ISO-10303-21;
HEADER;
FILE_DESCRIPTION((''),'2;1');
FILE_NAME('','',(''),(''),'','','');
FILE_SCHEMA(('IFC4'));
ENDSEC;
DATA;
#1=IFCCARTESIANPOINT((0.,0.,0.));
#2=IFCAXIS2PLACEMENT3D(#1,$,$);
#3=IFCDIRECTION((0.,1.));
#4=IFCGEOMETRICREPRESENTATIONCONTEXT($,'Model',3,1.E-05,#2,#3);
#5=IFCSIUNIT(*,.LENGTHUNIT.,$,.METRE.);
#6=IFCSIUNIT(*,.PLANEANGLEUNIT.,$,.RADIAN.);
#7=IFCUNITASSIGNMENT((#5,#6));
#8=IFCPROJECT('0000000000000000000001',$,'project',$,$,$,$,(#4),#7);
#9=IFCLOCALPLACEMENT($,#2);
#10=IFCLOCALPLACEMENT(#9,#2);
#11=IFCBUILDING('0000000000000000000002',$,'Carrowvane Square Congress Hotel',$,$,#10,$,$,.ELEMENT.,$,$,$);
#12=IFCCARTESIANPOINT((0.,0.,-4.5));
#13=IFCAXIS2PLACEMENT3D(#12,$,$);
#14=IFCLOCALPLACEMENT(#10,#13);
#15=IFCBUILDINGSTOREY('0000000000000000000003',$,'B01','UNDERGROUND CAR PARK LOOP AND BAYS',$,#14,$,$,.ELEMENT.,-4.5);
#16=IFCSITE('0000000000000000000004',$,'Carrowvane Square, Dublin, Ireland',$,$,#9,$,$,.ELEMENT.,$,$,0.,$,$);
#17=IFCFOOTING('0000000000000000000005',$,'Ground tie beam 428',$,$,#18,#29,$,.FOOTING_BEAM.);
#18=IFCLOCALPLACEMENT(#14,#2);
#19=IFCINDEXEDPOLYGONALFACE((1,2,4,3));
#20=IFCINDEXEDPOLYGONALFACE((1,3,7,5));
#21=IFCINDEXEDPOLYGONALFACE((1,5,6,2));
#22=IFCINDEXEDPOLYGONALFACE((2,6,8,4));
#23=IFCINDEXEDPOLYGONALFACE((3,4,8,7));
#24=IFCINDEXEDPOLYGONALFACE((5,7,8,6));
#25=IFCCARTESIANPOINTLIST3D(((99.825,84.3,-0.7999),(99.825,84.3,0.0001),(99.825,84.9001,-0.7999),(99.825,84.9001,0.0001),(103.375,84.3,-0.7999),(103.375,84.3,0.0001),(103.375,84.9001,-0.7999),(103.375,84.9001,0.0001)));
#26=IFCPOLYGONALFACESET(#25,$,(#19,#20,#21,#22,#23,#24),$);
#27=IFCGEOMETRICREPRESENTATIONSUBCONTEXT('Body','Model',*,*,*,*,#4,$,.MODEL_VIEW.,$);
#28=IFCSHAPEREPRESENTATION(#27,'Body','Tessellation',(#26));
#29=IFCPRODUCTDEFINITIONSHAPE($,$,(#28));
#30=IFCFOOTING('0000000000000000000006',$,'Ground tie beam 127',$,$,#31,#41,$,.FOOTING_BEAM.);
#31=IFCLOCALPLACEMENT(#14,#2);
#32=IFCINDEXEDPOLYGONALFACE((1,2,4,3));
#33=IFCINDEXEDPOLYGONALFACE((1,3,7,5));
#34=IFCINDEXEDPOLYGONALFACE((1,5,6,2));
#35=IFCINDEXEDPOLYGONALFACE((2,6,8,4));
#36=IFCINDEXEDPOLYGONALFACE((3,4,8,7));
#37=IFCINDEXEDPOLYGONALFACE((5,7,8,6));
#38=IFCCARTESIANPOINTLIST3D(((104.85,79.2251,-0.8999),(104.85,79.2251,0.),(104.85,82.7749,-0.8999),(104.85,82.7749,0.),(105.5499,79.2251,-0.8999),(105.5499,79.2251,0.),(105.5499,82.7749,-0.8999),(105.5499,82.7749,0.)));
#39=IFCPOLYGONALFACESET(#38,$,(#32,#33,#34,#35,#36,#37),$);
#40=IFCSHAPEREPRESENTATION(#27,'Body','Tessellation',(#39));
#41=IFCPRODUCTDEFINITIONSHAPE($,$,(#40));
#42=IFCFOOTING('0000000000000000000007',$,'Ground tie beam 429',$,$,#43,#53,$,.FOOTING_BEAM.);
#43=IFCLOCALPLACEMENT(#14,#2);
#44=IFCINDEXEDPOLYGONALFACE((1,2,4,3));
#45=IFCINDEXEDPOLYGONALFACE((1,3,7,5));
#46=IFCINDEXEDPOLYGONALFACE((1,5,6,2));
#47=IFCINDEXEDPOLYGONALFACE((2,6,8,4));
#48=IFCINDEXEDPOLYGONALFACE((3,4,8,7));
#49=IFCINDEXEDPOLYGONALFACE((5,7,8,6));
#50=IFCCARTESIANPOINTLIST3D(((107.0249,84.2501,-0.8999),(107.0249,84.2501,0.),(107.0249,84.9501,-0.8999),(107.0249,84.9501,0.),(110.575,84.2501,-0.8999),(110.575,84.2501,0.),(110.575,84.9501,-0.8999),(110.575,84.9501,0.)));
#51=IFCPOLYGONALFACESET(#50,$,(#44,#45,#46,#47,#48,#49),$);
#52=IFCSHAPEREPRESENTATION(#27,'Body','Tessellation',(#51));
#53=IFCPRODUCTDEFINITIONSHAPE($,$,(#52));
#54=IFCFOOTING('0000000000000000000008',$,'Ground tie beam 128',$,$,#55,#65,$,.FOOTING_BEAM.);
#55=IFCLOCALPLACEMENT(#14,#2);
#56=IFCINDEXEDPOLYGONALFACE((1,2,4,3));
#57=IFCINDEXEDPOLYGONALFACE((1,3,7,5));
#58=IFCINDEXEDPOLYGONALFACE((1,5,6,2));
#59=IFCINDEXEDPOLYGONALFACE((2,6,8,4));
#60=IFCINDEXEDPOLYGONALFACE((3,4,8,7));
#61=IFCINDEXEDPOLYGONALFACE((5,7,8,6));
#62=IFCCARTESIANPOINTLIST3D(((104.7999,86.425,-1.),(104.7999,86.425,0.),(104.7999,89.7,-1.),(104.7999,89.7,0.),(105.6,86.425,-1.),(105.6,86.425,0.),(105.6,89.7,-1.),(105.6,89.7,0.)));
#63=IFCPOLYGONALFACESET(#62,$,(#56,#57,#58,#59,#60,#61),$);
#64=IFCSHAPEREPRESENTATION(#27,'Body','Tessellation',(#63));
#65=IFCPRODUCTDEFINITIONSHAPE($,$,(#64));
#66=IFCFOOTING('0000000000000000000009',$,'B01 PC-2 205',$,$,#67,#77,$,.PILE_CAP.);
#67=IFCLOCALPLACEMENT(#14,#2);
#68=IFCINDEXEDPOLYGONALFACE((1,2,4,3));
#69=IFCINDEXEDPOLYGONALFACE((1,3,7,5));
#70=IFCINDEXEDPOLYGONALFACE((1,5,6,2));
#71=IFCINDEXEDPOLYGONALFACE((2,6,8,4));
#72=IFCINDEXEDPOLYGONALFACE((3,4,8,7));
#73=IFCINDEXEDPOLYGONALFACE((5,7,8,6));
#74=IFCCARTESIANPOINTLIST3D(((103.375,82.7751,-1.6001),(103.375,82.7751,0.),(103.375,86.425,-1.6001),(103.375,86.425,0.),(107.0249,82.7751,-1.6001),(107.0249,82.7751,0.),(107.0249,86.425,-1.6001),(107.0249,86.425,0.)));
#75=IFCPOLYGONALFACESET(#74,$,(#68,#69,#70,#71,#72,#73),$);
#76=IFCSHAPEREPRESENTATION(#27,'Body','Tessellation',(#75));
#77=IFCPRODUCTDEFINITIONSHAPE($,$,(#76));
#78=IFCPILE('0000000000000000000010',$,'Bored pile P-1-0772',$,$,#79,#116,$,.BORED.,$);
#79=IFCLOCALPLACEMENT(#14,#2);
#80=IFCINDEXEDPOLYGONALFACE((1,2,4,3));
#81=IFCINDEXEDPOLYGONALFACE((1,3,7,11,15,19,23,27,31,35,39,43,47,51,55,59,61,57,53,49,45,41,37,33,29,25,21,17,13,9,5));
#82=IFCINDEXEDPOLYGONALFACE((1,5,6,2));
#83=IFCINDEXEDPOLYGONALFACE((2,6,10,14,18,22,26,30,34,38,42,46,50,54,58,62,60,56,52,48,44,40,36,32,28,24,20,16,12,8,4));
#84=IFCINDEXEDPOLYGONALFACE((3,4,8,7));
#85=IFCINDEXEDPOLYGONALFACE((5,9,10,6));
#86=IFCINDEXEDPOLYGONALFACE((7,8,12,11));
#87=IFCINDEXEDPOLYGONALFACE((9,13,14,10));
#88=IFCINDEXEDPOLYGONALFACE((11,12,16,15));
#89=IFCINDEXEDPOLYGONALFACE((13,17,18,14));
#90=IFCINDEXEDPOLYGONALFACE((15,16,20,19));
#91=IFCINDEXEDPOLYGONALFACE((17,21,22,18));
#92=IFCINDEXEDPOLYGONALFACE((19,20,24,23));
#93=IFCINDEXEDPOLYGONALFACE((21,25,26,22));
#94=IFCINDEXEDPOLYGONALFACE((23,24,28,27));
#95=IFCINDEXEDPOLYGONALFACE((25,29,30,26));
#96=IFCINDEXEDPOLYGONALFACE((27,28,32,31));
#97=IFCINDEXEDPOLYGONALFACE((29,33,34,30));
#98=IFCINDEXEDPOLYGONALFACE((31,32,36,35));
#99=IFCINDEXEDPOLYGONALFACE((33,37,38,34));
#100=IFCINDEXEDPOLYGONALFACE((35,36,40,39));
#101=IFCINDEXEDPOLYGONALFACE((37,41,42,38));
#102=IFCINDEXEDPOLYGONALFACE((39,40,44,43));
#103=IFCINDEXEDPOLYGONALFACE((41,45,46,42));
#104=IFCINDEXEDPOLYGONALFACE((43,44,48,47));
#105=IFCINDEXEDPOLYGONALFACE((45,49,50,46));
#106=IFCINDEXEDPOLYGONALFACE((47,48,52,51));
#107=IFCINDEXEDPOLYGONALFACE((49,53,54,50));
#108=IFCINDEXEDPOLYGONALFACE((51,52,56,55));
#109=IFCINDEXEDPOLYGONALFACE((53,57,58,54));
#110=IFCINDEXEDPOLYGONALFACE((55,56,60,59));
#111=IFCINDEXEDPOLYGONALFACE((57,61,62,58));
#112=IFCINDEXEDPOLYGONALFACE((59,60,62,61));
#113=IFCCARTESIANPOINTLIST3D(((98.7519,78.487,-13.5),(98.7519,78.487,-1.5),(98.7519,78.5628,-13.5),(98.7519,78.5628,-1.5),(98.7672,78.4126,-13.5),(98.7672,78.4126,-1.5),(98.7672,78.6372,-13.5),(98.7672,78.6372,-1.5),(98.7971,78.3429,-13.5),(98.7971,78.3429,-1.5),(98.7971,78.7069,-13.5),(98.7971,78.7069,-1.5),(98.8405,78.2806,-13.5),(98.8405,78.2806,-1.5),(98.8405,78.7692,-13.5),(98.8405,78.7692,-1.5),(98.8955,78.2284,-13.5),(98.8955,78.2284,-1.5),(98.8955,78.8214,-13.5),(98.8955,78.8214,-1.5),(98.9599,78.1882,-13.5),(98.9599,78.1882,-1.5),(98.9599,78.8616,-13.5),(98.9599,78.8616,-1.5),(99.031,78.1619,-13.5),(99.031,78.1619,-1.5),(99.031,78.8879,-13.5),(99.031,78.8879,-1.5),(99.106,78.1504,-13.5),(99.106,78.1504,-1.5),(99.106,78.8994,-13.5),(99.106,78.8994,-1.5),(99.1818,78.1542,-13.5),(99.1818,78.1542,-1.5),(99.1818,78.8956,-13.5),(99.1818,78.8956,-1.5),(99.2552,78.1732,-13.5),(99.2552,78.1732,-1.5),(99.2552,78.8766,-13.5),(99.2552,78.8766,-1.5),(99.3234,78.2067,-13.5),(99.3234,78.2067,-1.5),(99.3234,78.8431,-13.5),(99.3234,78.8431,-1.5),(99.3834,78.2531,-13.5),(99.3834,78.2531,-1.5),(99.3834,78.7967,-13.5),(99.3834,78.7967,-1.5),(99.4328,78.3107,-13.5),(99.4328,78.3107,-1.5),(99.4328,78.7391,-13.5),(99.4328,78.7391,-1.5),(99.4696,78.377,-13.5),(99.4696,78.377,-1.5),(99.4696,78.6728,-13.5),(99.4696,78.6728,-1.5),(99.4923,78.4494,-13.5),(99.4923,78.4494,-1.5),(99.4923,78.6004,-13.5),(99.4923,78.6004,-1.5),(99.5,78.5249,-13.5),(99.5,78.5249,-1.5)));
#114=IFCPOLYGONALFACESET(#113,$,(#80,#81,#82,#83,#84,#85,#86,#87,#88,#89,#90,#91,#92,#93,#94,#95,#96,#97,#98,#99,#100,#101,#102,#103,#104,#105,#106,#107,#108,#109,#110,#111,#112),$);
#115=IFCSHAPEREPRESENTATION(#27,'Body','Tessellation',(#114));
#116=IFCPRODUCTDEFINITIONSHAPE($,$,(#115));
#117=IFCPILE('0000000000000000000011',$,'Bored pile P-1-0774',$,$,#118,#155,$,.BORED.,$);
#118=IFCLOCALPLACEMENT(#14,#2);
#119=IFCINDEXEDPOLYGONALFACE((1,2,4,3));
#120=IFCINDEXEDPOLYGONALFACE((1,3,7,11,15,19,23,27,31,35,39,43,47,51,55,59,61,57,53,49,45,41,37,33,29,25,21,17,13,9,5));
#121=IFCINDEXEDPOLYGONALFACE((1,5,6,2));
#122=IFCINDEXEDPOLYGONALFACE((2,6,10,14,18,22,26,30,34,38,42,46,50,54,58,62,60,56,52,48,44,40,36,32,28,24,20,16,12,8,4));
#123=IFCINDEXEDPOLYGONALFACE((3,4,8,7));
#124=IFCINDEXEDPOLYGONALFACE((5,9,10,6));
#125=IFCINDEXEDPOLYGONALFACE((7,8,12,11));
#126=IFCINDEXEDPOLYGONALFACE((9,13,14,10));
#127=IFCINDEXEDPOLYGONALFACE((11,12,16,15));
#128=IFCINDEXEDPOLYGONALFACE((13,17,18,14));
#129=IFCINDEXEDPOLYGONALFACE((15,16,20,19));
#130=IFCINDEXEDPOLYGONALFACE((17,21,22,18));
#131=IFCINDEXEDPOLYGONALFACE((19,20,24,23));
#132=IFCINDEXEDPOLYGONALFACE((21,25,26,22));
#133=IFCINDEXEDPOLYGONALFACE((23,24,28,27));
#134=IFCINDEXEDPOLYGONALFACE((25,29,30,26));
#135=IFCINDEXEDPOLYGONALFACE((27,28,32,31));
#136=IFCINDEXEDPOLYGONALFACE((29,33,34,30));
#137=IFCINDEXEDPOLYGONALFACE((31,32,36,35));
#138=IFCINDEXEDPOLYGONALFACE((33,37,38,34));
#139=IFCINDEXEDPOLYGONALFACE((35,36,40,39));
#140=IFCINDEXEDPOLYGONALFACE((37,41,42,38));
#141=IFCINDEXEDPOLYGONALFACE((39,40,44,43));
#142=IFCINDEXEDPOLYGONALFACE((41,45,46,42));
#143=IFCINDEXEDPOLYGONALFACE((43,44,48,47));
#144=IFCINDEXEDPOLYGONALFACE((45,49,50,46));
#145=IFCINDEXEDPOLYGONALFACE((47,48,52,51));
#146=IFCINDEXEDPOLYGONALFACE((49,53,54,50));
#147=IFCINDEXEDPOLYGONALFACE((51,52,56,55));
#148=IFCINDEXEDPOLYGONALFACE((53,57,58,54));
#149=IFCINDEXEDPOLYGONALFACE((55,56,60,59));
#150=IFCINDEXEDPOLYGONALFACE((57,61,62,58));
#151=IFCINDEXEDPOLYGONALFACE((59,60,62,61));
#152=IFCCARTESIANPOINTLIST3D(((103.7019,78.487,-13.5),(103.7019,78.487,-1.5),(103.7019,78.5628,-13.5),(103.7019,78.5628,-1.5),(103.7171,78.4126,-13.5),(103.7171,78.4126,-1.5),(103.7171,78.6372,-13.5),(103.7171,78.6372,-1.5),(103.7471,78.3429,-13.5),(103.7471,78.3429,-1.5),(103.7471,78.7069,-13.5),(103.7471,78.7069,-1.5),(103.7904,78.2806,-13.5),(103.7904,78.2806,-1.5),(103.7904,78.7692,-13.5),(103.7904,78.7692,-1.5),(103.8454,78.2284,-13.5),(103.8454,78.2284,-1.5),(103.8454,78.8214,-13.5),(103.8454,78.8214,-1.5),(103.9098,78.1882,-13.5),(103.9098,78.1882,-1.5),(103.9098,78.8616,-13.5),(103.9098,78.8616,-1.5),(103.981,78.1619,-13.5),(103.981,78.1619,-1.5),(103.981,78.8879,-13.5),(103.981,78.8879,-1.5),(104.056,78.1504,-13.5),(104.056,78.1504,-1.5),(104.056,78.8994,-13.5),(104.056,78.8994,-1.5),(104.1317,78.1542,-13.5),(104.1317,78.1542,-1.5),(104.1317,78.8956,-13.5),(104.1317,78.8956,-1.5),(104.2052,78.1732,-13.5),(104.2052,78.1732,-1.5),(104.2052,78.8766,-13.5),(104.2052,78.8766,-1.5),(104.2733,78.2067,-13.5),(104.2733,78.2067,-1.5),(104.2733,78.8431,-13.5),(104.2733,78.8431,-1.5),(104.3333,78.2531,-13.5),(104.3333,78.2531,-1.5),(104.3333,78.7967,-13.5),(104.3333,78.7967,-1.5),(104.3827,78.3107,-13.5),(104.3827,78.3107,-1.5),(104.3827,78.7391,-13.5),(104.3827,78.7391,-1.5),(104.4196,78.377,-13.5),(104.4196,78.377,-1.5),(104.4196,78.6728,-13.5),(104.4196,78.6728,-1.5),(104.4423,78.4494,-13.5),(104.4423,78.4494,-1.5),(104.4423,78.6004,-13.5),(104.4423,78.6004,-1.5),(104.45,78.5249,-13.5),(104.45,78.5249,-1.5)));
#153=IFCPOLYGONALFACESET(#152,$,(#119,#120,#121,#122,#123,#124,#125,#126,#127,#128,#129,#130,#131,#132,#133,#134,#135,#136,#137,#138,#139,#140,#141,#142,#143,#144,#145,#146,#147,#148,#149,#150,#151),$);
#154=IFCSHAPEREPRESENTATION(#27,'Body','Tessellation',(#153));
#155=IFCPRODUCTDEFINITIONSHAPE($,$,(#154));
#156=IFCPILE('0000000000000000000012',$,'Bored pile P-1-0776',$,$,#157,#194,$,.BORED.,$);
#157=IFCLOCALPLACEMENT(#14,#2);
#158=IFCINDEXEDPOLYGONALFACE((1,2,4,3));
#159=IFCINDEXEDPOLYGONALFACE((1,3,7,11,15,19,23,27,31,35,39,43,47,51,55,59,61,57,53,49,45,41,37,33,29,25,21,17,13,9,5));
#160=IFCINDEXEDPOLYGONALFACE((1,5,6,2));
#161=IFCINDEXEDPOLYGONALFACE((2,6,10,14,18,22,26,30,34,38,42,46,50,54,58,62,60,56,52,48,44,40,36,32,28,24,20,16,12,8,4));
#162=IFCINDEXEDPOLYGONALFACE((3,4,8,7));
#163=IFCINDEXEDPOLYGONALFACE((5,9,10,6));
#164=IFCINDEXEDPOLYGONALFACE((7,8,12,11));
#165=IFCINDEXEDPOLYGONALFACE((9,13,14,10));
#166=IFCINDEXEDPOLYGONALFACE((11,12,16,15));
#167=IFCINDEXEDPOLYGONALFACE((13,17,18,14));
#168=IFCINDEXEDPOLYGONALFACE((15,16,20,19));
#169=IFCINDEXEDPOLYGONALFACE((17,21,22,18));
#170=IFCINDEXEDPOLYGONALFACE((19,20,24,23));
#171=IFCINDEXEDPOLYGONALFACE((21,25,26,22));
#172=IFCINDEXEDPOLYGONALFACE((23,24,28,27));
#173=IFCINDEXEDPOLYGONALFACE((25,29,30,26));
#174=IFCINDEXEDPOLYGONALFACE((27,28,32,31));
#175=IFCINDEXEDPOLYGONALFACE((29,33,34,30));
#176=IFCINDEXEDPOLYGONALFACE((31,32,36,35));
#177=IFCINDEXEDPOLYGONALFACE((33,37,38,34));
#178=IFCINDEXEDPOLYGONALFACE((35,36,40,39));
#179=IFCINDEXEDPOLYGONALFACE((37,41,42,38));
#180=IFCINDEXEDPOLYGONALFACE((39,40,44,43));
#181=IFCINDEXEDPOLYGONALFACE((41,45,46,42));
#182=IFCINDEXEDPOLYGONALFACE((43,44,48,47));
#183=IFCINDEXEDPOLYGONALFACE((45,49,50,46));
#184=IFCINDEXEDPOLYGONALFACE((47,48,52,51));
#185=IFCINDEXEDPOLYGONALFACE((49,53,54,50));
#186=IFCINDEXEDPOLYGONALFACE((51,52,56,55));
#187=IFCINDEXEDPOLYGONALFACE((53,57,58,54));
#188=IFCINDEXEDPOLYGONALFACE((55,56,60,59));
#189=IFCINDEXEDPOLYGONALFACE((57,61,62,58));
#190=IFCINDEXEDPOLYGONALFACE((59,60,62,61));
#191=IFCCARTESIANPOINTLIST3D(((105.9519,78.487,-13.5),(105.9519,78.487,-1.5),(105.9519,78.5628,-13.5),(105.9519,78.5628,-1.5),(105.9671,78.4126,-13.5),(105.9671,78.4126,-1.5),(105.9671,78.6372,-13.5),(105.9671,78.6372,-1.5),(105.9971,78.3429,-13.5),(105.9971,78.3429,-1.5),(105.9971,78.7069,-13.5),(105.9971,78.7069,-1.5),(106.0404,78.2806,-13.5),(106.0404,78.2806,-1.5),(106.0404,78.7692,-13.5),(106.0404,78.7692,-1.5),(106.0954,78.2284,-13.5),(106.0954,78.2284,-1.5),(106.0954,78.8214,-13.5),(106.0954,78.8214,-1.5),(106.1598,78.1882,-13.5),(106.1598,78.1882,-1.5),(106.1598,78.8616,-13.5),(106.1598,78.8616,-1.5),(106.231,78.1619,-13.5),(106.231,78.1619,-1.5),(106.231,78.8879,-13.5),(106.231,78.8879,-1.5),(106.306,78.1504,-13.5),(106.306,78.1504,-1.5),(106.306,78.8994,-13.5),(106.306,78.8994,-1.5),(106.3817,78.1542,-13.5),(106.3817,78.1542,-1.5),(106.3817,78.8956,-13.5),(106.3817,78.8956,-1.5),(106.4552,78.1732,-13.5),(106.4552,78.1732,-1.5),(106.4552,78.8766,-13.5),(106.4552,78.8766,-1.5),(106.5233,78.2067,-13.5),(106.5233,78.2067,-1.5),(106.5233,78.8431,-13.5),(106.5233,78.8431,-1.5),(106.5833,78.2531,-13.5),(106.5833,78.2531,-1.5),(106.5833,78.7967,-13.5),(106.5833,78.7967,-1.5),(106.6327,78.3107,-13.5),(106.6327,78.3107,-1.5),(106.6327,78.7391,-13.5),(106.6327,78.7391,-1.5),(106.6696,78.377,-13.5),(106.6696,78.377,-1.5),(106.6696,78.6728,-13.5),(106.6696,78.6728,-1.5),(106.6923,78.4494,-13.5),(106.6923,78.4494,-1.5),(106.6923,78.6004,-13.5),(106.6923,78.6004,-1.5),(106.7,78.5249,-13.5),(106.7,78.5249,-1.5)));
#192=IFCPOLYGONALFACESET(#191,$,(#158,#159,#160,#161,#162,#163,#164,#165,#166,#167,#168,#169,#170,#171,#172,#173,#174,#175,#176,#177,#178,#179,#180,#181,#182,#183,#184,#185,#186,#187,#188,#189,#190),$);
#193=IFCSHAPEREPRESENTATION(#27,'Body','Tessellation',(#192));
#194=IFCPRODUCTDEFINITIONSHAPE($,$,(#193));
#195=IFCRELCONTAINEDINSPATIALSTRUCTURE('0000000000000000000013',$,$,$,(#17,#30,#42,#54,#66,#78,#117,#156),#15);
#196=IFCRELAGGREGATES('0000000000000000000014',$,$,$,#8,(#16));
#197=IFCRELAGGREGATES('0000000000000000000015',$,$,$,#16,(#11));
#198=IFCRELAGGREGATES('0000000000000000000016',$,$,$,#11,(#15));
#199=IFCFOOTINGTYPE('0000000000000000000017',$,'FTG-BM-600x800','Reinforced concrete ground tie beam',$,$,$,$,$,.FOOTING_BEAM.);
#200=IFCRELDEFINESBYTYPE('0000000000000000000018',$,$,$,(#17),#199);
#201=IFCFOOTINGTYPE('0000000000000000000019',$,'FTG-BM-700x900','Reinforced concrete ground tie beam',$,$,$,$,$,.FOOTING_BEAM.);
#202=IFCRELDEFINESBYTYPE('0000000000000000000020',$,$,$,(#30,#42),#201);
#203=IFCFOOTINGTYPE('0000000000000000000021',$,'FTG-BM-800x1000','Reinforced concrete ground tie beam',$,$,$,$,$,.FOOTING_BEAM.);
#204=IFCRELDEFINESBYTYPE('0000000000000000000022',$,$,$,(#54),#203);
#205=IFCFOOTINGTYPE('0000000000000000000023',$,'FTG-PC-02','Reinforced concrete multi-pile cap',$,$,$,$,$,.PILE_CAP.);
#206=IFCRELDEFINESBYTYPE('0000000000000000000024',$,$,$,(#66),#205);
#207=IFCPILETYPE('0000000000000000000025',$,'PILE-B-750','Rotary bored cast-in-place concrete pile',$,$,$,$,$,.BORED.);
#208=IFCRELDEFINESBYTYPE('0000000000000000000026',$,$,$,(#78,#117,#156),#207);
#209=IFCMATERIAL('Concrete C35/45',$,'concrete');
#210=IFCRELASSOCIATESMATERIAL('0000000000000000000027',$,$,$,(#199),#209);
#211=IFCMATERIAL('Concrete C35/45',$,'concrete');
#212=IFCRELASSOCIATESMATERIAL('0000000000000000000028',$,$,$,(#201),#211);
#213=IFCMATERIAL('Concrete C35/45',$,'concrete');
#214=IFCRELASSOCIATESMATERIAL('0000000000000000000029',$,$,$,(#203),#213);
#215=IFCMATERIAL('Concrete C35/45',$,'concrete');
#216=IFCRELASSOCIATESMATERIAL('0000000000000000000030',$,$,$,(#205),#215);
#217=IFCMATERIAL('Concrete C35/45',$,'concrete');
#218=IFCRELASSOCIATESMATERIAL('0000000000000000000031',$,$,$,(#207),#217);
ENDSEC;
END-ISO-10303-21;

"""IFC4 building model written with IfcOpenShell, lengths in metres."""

from ifc_helpers import new_model, si_unit, direction, frame, origin, origin_2d, place, context, subcontext, project, spatial, rectangle, circle, extrude, material, material_profile, profile_set, type_object, element, save


model = new_model("IFC4")

# Units and contexts
model_context = context("Model", 3, precision=1e-05, world=origin(), true_north=direction((0.0, 1.0)))
body_context = subcontext(model_context, "Body", "Model", "MODEL_VIEW")
ifc_project = project(units=[si_unit("LENGTHUNIT", "METRE"), si_unit("PLANEANGLEUNIT", "RADIAN")], contexts=[model_context])

# Site, building, storey
site_placement = place(None, origin())
site = spatial("IfcSite", under=ifc_project, at=site_placement, Name="Carrowvane Square, Dublin, Ireland", CompositionType="ELEMENT", RefElevation=0.0)
building_placement = place(site_placement, origin())
building = spatial("IfcBuilding", under=site, at=building_placement, Name="Carrowvane Square Congress Hotel", CompositionType="ELEMENT")
storey_placement = place(building_placement, frame((0.0, 0.0, -4.5)))
storey = spatial("IfcBuildingStorey", under=building, at=storey_placement, Name="B01", Description="UNDERGROUND CAR PARK LOOP AND BAYS", CompositionType="ELEMENT", Elevation=-4.5)

# Footings
ifc_material_1 = material(Name="Concrete C35/45", Category="concrete")
ifc_material_profile_1 = material_profile(ifc_material_1, rectangle(XDim=0.6001, YDim=0.8, at=origin_2d()), Name="RC 600x800")
ifc_profile_set_1 = profile_set([ifc_material_profile_1], Name="Concrete C35/45")
footing_type_1 = type_object("IfcFootingType", Name="FTG-BM-600x800", Description="Reinforced concrete ground tie beam", PredefinedType="FOOTING_BEAM", material=ifc_profile_set_1)
footing_1_placement = place(storey_placement, frame((99.825, 84.6001, -0.3999), z_axis=(1.0, 0.0, 0.0), x_axis=(0.0, 1.0, 0.0)))
element("IfcFooting", 1, at=footing_1_placement, inside=storey, type_object=footing_type_1, Name="Ground tie beam 428", PredefinedType="FOOTING_BEAM", context=body_context, shape_type="SweptSolid", body=[
    extrude(rectangle(XDim=0.6001, YDim=0.8, at=origin_2d()), origin(), (0.0, 0.0, 1.0), 3.55),
])
ifc_material_2 = material(Name="Concrete C35/45", Category="concrete")
ifc_material_profile_2 = material_profile(ifc_material_2, rectangle(XDim=0.7, YDim=0.8999, at=origin_2d()), Name="RC 700x900")
ifc_profile_set_2 = profile_set([ifc_material_profile_2], Name="Concrete C35/45")
footing_type_2 = type_object("IfcFootingType", Name="FTG-BM-700x900", Description="Reinforced concrete ground tie beam", PredefinedType="FOOTING_BEAM", material=ifc_profile_set_2)
footing_2_placement = place(storey_placement, frame((105.2, 79.2251, -0.45), z_axis=(0.0, 1.0, 0.0), x_axis=(-1.0, 0.0, 0.0)))
element("IfcFooting", 2, at=footing_2_placement, inside=storey, type_object=footing_type_2, Name="Ground tie beam 127", PredefinedType="FOOTING_BEAM", context=body_context, shape_type="SweptSolid", body=[
    extrude(rectangle(XDim=0.7, YDim=0.8999, at=origin_2d()), origin(), (0.0, 0.0, 1.0), 3.5498),
])
footing_3_placement = place(storey_placement, frame((107.0249, 84.6001, -0.45), z_axis=(1.0, 0.0, 0.0), x_axis=(0.0, 1.0, 0.0)))
element("IfcFooting", 3, at=footing_3_placement, inside=storey, type_object=footing_type_2, Name="Ground tie beam 429", PredefinedType="FOOTING_BEAM", context=body_context, shape_type="SweptSolid", body=[
    extrude(rectangle(XDim=0.7, YDim=0.8999, at=origin_2d()), origin(), (0.0, 0.0, 1.0), 3.55),
])
ifc_material_3 = material(Name="Concrete C35/45", Category="concrete")
ifc_material_profile_3 = material_profile(ifc_material_3, rectangle(XDim=0.8, YDim=1.0, at=origin_2d()), Name="RC 800x1000")
ifc_profile_set_3 = profile_set([ifc_material_profile_3], Name="Concrete C35/45")
footing_type_3 = type_object("IfcFootingType", Name="FTG-BM-800x1000", Description="Reinforced concrete ground tie beam", PredefinedType="FOOTING_BEAM", material=ifc_profile_set_3)
footing_4_placement = place(storey_placement, frame((105.2, 86.425, -0.5), z_axis=(0.0, 1.0, 0.0), x_axis=(-1.0, 0.0, 0.0)))
element("IfcFooting", 4, at=footing_4_placement, inside=storey, type_object=footing_type_3, Name="Ground tie beam 128", PredefinedType="FOOTING_BEAM", context=body_context, shape_type="SweptSolid", body=[
    extrude(rectangle(XDim=0.8, YDim=1.0, at=origin_2d()), origin(), (0.0, 0.0, 1.0), 3.2749),
])
ifc_material_4 = material(Name="Concrete C35/45", Category="concrete")
footing_type_4 = type_object("IfcFootingType", Name="FTG-PC-02", Description="Reinforced concrete multi-pile cap", PredefinedType="PILE_CAP", material=ifc_material_4)
footing_5_placement = place(storey_placement, frame((105.2, 84.6001, -1.6001), z_axis=(0.0, 0.0, 1.0), x_axis=(1.0, 0.0, 0.0)))
element("IfcFooting", 5, at=footing_5_placement, inside=storey, type_object=footing_type_4, Name="B01 PC-2 205", PredefinedType="PILE_CAP", context=body_context, shape_type="SweptSolid", body=[
    extrude(rectangle(XDim=3.6499, YDim=3.6499, at=origin_2d()), origin(), (0.0, 0.0, 1.0), 1.6001),
])

# Piles
ifc_material_5 = material(Name="Concrete C35/45", Category="concrete")
ifc_material_profile_4 = material_profile(ifc_material_5, circle(Radius=0.375, at=origin_2d()), Name="PILE D750")
ifc_profile_set_4 = profile_set([ifc_material_profile_4], Name="Concrete C35/45")
pile_type_1 = type_object("IfcPileType", Name="PILE-B-750", Description="Rotary bored cast-in-place concrete pile", PredefinedType="BORED", material=ifc_profile_set_4)
for number, where, z_axis, x_axis, name in (
    (6, (99.125, 78.5249, -1.5), (0.0, 0.0, -1.0), (1.0, 0.0, 0.0), "Bored pile P-1-0772"),
    (7, (104.075, 78.5249, -1.5), (0.0, 0.0, -1.0), (1.0, 0.0, 0.0), "Bored pile P-1-0774"),
    (8, (106.325, 78.5249, -1.5), (0.0, 0.0, -1.0), (1.0, 0.0, 0.0), "Bored pile P-1-0776"),
):
    element("IfcPile", number, at=place(storey_placement, frame(where, z_axis=z_axis, x_axis=x_axis)), inside=storey, type_object=pile_type_1, Name=name, PredefinedType="BORED", context=body_context, shape_type="SweptSolid", body=[
        extrude(circle(Radius=0.375, at=origin_2d()), origin(), (0.0, 0.0, 1.0), 12.0),
    ])

save(model, "model.ifc")
